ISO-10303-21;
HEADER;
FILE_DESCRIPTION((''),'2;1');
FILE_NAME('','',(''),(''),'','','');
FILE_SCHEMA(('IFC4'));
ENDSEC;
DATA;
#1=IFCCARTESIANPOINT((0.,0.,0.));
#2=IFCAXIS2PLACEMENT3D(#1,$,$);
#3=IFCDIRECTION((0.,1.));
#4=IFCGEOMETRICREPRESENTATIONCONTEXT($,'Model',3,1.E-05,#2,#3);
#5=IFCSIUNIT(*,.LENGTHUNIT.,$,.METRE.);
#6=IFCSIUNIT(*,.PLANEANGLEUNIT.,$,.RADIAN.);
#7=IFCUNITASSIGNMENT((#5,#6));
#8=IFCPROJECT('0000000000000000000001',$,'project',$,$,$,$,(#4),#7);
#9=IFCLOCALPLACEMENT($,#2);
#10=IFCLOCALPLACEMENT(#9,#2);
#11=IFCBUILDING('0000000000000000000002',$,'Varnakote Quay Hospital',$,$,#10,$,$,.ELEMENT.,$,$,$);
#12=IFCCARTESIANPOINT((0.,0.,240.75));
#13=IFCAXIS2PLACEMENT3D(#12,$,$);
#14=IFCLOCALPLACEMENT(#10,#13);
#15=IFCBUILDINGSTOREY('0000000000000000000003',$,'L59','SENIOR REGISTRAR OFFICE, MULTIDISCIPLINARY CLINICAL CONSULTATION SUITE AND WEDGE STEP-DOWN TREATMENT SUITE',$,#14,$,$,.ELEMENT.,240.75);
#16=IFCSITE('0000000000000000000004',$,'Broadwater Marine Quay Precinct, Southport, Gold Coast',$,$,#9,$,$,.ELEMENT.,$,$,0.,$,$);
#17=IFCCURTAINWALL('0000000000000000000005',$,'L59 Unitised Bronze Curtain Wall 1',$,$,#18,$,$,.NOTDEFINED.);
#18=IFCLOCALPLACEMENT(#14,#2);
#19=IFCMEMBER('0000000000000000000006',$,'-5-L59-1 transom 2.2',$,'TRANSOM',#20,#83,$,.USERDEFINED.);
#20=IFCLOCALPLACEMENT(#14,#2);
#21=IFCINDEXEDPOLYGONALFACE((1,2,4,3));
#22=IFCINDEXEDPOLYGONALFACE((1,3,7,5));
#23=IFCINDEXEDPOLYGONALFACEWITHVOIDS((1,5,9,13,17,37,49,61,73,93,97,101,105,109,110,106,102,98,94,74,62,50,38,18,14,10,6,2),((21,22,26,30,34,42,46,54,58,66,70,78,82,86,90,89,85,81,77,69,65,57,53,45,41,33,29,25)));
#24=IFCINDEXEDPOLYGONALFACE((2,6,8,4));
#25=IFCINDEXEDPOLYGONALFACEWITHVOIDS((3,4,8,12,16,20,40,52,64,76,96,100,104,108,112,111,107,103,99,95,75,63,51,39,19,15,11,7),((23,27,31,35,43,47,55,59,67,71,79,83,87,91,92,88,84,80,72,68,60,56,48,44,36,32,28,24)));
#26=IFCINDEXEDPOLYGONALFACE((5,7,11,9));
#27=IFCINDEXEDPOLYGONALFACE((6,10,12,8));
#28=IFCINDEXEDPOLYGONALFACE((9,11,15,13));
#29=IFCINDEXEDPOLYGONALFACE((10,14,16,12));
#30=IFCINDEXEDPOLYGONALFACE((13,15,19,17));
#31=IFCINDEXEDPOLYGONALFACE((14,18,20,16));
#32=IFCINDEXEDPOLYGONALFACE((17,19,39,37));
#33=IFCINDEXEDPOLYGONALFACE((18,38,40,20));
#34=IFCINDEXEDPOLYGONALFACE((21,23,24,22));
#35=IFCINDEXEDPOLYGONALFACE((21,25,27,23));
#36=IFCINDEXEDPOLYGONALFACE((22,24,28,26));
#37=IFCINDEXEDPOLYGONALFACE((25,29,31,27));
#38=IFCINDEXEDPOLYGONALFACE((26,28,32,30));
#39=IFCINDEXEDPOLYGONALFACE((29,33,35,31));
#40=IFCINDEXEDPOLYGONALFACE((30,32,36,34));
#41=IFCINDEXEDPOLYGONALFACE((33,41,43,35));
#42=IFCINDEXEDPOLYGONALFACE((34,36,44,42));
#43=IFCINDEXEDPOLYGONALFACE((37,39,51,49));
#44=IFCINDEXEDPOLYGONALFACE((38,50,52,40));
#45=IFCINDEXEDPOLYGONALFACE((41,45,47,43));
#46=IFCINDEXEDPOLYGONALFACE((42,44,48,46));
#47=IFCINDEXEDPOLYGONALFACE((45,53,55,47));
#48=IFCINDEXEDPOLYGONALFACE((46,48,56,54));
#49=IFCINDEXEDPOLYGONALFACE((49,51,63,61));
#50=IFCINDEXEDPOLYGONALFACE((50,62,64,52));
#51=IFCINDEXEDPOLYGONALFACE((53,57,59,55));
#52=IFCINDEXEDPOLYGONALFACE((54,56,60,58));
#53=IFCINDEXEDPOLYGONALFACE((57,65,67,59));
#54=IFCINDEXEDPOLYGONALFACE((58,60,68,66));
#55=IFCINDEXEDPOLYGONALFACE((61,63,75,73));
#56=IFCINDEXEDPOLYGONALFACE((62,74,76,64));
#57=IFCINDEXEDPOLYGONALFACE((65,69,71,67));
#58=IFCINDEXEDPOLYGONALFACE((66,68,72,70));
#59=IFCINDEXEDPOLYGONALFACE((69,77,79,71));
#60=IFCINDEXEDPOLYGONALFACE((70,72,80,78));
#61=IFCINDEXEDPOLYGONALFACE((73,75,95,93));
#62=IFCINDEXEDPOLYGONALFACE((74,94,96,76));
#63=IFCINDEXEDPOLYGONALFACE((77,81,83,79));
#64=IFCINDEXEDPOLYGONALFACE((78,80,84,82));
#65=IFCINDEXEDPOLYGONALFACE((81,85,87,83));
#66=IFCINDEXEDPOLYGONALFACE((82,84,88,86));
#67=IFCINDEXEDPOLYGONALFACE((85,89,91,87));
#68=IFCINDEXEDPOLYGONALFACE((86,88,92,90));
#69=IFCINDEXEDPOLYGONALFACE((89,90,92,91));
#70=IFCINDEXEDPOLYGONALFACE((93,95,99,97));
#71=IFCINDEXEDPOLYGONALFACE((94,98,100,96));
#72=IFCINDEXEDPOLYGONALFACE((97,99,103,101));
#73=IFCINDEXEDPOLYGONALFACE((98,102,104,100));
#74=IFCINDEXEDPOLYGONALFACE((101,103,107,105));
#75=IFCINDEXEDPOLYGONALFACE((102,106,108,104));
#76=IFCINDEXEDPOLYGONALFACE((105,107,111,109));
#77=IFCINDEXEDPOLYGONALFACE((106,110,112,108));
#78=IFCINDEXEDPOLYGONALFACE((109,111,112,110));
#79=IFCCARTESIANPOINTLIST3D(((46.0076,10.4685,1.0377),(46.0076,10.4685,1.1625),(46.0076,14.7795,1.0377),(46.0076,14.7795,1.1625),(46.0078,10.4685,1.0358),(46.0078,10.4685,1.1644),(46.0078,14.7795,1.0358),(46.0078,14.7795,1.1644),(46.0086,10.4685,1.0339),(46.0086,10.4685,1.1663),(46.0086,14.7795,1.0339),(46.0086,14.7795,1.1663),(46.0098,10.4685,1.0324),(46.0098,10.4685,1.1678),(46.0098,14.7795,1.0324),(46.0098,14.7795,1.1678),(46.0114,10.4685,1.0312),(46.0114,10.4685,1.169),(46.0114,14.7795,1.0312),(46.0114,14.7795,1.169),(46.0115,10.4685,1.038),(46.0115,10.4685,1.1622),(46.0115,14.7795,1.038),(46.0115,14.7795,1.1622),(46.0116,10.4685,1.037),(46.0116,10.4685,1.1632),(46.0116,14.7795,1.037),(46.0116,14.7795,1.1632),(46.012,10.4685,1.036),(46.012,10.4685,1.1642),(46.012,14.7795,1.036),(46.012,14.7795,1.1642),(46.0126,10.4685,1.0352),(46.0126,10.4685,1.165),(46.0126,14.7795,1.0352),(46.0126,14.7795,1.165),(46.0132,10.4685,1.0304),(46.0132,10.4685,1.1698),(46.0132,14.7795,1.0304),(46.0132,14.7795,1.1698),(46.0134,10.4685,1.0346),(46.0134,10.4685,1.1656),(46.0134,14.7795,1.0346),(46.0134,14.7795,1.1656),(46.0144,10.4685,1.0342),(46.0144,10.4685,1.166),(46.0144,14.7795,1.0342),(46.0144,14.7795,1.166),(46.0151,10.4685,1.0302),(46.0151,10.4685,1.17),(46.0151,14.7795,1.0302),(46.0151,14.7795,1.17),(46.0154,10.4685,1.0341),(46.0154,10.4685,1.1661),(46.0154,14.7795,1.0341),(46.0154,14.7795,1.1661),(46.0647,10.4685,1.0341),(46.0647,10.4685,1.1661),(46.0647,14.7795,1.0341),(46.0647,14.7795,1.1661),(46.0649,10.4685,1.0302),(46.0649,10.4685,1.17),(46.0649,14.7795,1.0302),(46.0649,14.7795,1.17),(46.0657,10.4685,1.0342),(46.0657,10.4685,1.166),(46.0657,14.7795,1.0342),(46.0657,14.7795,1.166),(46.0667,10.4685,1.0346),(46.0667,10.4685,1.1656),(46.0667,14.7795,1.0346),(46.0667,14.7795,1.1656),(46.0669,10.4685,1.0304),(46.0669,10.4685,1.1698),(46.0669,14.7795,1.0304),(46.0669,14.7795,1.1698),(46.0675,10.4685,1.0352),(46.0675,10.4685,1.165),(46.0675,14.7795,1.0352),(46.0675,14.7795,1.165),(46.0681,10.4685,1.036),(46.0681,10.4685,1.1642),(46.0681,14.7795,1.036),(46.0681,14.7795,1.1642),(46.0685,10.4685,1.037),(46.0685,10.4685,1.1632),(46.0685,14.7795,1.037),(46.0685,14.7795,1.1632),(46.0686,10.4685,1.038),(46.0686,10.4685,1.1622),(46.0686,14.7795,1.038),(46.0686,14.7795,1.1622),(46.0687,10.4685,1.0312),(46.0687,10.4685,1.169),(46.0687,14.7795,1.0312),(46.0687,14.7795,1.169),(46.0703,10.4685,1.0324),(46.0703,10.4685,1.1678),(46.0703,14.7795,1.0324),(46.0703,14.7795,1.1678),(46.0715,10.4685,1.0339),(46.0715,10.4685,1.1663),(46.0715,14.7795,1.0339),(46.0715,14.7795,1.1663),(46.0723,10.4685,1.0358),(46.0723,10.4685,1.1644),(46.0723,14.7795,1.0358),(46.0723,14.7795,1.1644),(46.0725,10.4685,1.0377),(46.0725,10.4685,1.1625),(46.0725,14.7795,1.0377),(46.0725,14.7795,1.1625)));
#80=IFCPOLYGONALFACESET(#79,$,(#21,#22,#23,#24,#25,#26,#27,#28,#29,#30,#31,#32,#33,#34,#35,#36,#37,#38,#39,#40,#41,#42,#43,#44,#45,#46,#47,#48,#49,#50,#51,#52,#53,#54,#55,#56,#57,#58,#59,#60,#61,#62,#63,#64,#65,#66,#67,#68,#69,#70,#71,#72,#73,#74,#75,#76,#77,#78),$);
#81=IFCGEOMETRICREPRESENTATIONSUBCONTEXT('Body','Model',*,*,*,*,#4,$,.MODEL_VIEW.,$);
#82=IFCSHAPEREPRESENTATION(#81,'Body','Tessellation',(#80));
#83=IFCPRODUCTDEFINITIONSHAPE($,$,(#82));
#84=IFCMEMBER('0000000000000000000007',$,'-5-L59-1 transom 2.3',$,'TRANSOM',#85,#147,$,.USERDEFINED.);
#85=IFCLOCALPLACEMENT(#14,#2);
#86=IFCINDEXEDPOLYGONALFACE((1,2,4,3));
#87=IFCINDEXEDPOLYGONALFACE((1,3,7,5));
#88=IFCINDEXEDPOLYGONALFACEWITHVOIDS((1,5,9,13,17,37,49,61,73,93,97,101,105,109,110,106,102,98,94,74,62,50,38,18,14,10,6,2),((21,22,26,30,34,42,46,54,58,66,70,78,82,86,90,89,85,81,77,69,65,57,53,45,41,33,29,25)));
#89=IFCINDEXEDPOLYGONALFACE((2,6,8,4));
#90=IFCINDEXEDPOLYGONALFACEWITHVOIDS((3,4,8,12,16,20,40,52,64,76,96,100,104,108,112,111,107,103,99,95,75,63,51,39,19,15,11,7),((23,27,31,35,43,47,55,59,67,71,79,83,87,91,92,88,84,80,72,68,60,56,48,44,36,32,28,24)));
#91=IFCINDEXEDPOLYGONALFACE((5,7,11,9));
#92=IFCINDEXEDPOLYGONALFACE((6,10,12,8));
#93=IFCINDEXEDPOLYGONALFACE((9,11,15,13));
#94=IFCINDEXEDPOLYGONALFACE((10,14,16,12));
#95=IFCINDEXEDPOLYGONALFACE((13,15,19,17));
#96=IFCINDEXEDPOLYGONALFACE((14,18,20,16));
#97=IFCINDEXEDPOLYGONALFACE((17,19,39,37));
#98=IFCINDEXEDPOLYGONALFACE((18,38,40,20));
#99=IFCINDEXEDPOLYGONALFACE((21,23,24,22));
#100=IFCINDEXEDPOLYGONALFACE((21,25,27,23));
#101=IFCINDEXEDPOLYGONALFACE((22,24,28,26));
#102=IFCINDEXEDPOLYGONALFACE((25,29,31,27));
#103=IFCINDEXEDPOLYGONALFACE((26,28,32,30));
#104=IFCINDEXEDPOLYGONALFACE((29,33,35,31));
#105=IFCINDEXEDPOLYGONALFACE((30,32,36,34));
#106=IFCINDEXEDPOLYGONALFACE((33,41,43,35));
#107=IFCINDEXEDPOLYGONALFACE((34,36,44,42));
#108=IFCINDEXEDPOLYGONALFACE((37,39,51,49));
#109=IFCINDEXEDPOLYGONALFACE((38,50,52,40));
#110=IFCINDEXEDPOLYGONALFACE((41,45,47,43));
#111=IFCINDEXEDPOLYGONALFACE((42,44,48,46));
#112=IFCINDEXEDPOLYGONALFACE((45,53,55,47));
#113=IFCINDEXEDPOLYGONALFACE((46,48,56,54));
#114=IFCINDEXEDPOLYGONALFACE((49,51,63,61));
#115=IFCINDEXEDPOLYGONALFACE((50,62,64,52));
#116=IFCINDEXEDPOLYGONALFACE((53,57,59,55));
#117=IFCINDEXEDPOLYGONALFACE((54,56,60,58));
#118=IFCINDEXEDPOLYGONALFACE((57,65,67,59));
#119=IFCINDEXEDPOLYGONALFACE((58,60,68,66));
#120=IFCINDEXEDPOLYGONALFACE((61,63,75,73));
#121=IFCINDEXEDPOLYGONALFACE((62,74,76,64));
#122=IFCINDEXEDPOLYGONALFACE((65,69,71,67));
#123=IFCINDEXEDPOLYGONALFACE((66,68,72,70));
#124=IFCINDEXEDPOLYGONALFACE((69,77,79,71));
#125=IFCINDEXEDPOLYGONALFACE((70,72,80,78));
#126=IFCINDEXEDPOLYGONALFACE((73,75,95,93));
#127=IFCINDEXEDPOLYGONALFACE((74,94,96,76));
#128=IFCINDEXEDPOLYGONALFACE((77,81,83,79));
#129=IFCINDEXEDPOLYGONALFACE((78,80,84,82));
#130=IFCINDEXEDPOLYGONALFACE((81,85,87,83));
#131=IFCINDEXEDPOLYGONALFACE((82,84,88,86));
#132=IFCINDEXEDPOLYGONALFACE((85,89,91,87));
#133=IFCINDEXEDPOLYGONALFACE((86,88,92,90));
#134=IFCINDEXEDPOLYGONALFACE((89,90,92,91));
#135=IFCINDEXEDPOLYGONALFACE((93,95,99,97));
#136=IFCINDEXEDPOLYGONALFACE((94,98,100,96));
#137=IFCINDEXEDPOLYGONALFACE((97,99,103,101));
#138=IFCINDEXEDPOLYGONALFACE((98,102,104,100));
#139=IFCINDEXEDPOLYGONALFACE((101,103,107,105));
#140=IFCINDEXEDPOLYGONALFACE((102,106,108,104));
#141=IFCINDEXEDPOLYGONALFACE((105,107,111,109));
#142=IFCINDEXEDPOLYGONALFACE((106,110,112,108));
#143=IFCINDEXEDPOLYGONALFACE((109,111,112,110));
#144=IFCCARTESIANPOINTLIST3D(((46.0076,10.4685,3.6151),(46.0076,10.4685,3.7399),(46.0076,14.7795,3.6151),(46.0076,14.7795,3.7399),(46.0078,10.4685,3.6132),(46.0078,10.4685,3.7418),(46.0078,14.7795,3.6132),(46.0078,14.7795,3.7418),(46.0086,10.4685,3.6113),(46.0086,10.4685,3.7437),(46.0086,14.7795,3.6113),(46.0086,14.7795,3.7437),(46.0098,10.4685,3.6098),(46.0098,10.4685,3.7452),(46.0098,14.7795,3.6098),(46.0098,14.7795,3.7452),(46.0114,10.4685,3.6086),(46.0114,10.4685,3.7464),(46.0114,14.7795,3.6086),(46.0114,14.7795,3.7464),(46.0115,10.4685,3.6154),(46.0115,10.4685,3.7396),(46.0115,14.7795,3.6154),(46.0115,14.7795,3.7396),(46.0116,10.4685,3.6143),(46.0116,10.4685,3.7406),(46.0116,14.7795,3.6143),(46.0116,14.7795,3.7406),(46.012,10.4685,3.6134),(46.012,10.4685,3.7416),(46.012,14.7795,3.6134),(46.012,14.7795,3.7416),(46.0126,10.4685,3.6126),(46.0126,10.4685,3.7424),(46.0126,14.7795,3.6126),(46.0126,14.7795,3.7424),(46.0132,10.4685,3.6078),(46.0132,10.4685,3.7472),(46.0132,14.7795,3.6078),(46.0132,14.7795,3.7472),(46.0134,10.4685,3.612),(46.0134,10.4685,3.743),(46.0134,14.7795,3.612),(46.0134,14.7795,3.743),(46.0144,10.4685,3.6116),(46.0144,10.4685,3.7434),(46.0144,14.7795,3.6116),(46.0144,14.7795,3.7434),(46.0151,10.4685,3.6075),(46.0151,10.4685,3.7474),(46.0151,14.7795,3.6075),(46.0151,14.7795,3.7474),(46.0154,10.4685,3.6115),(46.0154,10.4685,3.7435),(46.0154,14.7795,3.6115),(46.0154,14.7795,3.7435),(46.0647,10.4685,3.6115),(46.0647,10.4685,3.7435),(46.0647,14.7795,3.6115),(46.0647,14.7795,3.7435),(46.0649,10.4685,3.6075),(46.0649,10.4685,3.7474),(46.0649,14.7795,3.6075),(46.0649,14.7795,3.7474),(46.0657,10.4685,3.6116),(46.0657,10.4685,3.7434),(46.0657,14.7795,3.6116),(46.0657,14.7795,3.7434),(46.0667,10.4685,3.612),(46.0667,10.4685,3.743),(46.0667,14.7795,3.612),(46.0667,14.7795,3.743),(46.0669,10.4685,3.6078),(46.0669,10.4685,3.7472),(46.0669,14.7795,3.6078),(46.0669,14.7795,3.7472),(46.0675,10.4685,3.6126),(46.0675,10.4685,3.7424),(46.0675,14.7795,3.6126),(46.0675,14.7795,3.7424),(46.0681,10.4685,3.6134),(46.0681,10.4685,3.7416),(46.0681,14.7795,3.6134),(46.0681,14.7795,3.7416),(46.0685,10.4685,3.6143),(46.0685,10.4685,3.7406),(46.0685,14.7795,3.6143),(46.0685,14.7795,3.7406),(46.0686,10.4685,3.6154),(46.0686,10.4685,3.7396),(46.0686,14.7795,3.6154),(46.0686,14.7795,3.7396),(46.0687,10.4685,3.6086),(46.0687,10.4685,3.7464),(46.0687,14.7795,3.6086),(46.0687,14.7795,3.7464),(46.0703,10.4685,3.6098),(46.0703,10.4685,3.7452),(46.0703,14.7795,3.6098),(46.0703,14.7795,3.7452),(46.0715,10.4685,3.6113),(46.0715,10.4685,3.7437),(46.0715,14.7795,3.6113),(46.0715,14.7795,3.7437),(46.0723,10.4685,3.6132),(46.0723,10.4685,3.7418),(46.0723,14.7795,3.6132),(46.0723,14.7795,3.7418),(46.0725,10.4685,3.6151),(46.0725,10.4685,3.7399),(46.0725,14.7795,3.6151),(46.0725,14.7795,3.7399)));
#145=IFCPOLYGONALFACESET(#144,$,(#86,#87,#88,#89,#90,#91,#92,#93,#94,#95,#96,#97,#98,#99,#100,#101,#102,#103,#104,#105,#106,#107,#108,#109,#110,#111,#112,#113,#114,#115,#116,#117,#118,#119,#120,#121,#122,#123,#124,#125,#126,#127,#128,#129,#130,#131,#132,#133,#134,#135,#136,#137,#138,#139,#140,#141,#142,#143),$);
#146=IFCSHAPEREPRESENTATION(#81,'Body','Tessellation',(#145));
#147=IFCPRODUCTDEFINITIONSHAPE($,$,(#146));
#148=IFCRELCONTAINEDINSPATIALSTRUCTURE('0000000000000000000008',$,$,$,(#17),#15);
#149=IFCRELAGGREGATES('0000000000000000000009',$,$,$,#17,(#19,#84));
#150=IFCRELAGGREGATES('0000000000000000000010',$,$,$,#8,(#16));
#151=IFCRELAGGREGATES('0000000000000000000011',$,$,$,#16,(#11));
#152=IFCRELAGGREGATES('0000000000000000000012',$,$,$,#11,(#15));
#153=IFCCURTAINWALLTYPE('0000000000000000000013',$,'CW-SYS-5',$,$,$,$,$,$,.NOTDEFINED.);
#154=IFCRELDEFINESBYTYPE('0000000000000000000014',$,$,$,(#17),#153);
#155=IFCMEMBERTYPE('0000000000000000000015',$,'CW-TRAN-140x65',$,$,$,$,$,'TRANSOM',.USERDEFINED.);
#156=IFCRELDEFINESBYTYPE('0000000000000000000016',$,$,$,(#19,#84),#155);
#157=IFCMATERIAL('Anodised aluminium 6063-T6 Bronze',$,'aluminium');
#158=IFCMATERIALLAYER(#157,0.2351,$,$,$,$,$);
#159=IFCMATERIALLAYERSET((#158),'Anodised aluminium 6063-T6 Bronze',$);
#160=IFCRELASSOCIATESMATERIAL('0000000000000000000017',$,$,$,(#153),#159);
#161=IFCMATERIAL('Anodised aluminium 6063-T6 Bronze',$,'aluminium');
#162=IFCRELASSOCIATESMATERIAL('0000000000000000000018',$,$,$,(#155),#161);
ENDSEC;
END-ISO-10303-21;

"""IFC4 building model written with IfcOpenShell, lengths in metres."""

from ifc_helpers import new_model, si_unit, direction, frame, origin, origin_2d, place, context, subcontext, project, spatial, hollow_rectangle, extrude, material, layer, layer_set, material_profile, profile_set, type_object, element, aggregate, save


model = new_model("IFC4")

# Units and contexts
model_context = context("Model", 3, precision=1e-05, world=origin(), true_north=direction((0.0, 1.0)))
body_context = subcontext(model_context, "Body", "Model", "MODEL_VIEW")
ifc_project = project(units=[si_unit("LENGTHUNIT", "METRE"), si_unit("PLANEANGLEUNIT", "RADIAN")], contexts=[model_context])

# Site, building, storey
site_placement = place(None, origin())
site = spatial("IfcSite", under=ifc_project, at=site_placement, Name="Broadwater Marine Quay Precinct, Southport, Gold Coast", CompositionType="ELEMENT", RefElevation=0.0)
building_placement = place(site_placement, origin())
building = spatial("IfcBuilding", under=site, at=building_placement, Name="Varnakote Quay Hospital", CompositionType="ELEMENT")
storey_placement = place(building_placement, frame((0.0, 0.0, 240.75)))
storey = spatial("IfcBuildingStorey", under=building, at=storey_placement, Name="L59", Description="SENIOR REGISTRAR OFFICE, MULTIDISCIPLINARY CLINICAL CONSULTATION SUITE AND WEDGE STEP-DOWN TREATMENT SUITE", CompositionType="ELEMENT", Elevation=240.75)

# Curtain wall, members
ifc_material_1 = material(Name="Anodised aluminium 6063-T6 Bronze", Category="aluminium")
ifc_layer_1 = layer(ifc_material_1, 0.2351)
ifc_layer_set_1 = layer_set([ifc_layer_1], Name="Anodised aluminium 6063-T6 Bronze")
curtain_wall_type = type_object("IfcCurtainWallType", Name="CW-SYS-5", PredefinedType="NOTDEFINED", material=ifc_layer_set_1)
curtain_wall_placement = place(storey_placement, origin())
curtain_wall = element("IfcCurtainWall", 1, at=curtain_wall_placement, inside=storey, type_object=curtain_wall_type, Name="L59 Unitised Bronze Curtain Wall 1", PredefinedType="NOTDEFINED")
ifc_material_2 = material(Name="Anodised aluminium 6063-T6 Bronze", Category="aluminium")
ifc_material_profile_1 = material_profile(ifc_material_2, hollow_rectangle(XDim=0.0649, YDim=0.1399, WallThickness=0.0039, InnerFilletRadius=0.0039, OuterFilletRadius=0.0076, at=origin_2d()), Name="CW-TRAN-140x65")
ifc_profile_set_1 = profile_set([ifc_material_profile_1], Name="Anodised aluminium 6063-T6 Bronze")
member_type_1 = type_object("IfcMemberType", Name="CW-TRAN-140x65", ElementType="TRANSOM", PredefinedType="USERDEFINED", material=ifc_profile_set_1)
member_1_placement = place(storey_placement, frame((46.04, 10.4685, 1.1001), z_axis=(0.0, 1.0, 0.0), x_axis=(-1.0, 0.0, 0.0)))
member_1 = element("IfcMember", 2, at=member_1_placement, type_object=member_type_1, Name="-5-L59-1 transom 2.2", ObjectType="TRANSOM", PredefinedType="USERDEFINED", context=body_context, shape_type="SweptSolid", body=[
    extrude(hollow_rectangle(XDim=0.0649, YDim=0.1399, WallThickness=0.0039, InnerFilletRadius=0.0039, OuterFilletRadius=0.0076, at=origin_2d()), origin(), (0.0, 0.0, 1.0), 4.311),
])
member_2_placement = place(storey_placement, frame((46.04, 10.4685, 3.6775), z_axis=(0.0, 1.0, 0.0), x_axis=(-1.0, 0.0, 0.0)))
member_2 = element("IfcMember", 3, at=member_2_placement, type_object=member_type_1, Name="-5-L59-1 transom 2.3", ObjectType="TRANSOM", PredefinedType="USERDEFINED", context=body_context, shape_type="SweptSolid", body=[
    extrude(hollow_rectangle(XDim=0.0649, YDim=0.1399, WallThickness=0.0039, InnerFilletRadius=0.0039, OuterFilletRadius=0.0076, at=origin_2d()), origin(), (0.0, 0.0, 1.0), 4.311),
])
aggregate(curtain_wall, [member_1, member_2])

save(model, "model.ifc")
